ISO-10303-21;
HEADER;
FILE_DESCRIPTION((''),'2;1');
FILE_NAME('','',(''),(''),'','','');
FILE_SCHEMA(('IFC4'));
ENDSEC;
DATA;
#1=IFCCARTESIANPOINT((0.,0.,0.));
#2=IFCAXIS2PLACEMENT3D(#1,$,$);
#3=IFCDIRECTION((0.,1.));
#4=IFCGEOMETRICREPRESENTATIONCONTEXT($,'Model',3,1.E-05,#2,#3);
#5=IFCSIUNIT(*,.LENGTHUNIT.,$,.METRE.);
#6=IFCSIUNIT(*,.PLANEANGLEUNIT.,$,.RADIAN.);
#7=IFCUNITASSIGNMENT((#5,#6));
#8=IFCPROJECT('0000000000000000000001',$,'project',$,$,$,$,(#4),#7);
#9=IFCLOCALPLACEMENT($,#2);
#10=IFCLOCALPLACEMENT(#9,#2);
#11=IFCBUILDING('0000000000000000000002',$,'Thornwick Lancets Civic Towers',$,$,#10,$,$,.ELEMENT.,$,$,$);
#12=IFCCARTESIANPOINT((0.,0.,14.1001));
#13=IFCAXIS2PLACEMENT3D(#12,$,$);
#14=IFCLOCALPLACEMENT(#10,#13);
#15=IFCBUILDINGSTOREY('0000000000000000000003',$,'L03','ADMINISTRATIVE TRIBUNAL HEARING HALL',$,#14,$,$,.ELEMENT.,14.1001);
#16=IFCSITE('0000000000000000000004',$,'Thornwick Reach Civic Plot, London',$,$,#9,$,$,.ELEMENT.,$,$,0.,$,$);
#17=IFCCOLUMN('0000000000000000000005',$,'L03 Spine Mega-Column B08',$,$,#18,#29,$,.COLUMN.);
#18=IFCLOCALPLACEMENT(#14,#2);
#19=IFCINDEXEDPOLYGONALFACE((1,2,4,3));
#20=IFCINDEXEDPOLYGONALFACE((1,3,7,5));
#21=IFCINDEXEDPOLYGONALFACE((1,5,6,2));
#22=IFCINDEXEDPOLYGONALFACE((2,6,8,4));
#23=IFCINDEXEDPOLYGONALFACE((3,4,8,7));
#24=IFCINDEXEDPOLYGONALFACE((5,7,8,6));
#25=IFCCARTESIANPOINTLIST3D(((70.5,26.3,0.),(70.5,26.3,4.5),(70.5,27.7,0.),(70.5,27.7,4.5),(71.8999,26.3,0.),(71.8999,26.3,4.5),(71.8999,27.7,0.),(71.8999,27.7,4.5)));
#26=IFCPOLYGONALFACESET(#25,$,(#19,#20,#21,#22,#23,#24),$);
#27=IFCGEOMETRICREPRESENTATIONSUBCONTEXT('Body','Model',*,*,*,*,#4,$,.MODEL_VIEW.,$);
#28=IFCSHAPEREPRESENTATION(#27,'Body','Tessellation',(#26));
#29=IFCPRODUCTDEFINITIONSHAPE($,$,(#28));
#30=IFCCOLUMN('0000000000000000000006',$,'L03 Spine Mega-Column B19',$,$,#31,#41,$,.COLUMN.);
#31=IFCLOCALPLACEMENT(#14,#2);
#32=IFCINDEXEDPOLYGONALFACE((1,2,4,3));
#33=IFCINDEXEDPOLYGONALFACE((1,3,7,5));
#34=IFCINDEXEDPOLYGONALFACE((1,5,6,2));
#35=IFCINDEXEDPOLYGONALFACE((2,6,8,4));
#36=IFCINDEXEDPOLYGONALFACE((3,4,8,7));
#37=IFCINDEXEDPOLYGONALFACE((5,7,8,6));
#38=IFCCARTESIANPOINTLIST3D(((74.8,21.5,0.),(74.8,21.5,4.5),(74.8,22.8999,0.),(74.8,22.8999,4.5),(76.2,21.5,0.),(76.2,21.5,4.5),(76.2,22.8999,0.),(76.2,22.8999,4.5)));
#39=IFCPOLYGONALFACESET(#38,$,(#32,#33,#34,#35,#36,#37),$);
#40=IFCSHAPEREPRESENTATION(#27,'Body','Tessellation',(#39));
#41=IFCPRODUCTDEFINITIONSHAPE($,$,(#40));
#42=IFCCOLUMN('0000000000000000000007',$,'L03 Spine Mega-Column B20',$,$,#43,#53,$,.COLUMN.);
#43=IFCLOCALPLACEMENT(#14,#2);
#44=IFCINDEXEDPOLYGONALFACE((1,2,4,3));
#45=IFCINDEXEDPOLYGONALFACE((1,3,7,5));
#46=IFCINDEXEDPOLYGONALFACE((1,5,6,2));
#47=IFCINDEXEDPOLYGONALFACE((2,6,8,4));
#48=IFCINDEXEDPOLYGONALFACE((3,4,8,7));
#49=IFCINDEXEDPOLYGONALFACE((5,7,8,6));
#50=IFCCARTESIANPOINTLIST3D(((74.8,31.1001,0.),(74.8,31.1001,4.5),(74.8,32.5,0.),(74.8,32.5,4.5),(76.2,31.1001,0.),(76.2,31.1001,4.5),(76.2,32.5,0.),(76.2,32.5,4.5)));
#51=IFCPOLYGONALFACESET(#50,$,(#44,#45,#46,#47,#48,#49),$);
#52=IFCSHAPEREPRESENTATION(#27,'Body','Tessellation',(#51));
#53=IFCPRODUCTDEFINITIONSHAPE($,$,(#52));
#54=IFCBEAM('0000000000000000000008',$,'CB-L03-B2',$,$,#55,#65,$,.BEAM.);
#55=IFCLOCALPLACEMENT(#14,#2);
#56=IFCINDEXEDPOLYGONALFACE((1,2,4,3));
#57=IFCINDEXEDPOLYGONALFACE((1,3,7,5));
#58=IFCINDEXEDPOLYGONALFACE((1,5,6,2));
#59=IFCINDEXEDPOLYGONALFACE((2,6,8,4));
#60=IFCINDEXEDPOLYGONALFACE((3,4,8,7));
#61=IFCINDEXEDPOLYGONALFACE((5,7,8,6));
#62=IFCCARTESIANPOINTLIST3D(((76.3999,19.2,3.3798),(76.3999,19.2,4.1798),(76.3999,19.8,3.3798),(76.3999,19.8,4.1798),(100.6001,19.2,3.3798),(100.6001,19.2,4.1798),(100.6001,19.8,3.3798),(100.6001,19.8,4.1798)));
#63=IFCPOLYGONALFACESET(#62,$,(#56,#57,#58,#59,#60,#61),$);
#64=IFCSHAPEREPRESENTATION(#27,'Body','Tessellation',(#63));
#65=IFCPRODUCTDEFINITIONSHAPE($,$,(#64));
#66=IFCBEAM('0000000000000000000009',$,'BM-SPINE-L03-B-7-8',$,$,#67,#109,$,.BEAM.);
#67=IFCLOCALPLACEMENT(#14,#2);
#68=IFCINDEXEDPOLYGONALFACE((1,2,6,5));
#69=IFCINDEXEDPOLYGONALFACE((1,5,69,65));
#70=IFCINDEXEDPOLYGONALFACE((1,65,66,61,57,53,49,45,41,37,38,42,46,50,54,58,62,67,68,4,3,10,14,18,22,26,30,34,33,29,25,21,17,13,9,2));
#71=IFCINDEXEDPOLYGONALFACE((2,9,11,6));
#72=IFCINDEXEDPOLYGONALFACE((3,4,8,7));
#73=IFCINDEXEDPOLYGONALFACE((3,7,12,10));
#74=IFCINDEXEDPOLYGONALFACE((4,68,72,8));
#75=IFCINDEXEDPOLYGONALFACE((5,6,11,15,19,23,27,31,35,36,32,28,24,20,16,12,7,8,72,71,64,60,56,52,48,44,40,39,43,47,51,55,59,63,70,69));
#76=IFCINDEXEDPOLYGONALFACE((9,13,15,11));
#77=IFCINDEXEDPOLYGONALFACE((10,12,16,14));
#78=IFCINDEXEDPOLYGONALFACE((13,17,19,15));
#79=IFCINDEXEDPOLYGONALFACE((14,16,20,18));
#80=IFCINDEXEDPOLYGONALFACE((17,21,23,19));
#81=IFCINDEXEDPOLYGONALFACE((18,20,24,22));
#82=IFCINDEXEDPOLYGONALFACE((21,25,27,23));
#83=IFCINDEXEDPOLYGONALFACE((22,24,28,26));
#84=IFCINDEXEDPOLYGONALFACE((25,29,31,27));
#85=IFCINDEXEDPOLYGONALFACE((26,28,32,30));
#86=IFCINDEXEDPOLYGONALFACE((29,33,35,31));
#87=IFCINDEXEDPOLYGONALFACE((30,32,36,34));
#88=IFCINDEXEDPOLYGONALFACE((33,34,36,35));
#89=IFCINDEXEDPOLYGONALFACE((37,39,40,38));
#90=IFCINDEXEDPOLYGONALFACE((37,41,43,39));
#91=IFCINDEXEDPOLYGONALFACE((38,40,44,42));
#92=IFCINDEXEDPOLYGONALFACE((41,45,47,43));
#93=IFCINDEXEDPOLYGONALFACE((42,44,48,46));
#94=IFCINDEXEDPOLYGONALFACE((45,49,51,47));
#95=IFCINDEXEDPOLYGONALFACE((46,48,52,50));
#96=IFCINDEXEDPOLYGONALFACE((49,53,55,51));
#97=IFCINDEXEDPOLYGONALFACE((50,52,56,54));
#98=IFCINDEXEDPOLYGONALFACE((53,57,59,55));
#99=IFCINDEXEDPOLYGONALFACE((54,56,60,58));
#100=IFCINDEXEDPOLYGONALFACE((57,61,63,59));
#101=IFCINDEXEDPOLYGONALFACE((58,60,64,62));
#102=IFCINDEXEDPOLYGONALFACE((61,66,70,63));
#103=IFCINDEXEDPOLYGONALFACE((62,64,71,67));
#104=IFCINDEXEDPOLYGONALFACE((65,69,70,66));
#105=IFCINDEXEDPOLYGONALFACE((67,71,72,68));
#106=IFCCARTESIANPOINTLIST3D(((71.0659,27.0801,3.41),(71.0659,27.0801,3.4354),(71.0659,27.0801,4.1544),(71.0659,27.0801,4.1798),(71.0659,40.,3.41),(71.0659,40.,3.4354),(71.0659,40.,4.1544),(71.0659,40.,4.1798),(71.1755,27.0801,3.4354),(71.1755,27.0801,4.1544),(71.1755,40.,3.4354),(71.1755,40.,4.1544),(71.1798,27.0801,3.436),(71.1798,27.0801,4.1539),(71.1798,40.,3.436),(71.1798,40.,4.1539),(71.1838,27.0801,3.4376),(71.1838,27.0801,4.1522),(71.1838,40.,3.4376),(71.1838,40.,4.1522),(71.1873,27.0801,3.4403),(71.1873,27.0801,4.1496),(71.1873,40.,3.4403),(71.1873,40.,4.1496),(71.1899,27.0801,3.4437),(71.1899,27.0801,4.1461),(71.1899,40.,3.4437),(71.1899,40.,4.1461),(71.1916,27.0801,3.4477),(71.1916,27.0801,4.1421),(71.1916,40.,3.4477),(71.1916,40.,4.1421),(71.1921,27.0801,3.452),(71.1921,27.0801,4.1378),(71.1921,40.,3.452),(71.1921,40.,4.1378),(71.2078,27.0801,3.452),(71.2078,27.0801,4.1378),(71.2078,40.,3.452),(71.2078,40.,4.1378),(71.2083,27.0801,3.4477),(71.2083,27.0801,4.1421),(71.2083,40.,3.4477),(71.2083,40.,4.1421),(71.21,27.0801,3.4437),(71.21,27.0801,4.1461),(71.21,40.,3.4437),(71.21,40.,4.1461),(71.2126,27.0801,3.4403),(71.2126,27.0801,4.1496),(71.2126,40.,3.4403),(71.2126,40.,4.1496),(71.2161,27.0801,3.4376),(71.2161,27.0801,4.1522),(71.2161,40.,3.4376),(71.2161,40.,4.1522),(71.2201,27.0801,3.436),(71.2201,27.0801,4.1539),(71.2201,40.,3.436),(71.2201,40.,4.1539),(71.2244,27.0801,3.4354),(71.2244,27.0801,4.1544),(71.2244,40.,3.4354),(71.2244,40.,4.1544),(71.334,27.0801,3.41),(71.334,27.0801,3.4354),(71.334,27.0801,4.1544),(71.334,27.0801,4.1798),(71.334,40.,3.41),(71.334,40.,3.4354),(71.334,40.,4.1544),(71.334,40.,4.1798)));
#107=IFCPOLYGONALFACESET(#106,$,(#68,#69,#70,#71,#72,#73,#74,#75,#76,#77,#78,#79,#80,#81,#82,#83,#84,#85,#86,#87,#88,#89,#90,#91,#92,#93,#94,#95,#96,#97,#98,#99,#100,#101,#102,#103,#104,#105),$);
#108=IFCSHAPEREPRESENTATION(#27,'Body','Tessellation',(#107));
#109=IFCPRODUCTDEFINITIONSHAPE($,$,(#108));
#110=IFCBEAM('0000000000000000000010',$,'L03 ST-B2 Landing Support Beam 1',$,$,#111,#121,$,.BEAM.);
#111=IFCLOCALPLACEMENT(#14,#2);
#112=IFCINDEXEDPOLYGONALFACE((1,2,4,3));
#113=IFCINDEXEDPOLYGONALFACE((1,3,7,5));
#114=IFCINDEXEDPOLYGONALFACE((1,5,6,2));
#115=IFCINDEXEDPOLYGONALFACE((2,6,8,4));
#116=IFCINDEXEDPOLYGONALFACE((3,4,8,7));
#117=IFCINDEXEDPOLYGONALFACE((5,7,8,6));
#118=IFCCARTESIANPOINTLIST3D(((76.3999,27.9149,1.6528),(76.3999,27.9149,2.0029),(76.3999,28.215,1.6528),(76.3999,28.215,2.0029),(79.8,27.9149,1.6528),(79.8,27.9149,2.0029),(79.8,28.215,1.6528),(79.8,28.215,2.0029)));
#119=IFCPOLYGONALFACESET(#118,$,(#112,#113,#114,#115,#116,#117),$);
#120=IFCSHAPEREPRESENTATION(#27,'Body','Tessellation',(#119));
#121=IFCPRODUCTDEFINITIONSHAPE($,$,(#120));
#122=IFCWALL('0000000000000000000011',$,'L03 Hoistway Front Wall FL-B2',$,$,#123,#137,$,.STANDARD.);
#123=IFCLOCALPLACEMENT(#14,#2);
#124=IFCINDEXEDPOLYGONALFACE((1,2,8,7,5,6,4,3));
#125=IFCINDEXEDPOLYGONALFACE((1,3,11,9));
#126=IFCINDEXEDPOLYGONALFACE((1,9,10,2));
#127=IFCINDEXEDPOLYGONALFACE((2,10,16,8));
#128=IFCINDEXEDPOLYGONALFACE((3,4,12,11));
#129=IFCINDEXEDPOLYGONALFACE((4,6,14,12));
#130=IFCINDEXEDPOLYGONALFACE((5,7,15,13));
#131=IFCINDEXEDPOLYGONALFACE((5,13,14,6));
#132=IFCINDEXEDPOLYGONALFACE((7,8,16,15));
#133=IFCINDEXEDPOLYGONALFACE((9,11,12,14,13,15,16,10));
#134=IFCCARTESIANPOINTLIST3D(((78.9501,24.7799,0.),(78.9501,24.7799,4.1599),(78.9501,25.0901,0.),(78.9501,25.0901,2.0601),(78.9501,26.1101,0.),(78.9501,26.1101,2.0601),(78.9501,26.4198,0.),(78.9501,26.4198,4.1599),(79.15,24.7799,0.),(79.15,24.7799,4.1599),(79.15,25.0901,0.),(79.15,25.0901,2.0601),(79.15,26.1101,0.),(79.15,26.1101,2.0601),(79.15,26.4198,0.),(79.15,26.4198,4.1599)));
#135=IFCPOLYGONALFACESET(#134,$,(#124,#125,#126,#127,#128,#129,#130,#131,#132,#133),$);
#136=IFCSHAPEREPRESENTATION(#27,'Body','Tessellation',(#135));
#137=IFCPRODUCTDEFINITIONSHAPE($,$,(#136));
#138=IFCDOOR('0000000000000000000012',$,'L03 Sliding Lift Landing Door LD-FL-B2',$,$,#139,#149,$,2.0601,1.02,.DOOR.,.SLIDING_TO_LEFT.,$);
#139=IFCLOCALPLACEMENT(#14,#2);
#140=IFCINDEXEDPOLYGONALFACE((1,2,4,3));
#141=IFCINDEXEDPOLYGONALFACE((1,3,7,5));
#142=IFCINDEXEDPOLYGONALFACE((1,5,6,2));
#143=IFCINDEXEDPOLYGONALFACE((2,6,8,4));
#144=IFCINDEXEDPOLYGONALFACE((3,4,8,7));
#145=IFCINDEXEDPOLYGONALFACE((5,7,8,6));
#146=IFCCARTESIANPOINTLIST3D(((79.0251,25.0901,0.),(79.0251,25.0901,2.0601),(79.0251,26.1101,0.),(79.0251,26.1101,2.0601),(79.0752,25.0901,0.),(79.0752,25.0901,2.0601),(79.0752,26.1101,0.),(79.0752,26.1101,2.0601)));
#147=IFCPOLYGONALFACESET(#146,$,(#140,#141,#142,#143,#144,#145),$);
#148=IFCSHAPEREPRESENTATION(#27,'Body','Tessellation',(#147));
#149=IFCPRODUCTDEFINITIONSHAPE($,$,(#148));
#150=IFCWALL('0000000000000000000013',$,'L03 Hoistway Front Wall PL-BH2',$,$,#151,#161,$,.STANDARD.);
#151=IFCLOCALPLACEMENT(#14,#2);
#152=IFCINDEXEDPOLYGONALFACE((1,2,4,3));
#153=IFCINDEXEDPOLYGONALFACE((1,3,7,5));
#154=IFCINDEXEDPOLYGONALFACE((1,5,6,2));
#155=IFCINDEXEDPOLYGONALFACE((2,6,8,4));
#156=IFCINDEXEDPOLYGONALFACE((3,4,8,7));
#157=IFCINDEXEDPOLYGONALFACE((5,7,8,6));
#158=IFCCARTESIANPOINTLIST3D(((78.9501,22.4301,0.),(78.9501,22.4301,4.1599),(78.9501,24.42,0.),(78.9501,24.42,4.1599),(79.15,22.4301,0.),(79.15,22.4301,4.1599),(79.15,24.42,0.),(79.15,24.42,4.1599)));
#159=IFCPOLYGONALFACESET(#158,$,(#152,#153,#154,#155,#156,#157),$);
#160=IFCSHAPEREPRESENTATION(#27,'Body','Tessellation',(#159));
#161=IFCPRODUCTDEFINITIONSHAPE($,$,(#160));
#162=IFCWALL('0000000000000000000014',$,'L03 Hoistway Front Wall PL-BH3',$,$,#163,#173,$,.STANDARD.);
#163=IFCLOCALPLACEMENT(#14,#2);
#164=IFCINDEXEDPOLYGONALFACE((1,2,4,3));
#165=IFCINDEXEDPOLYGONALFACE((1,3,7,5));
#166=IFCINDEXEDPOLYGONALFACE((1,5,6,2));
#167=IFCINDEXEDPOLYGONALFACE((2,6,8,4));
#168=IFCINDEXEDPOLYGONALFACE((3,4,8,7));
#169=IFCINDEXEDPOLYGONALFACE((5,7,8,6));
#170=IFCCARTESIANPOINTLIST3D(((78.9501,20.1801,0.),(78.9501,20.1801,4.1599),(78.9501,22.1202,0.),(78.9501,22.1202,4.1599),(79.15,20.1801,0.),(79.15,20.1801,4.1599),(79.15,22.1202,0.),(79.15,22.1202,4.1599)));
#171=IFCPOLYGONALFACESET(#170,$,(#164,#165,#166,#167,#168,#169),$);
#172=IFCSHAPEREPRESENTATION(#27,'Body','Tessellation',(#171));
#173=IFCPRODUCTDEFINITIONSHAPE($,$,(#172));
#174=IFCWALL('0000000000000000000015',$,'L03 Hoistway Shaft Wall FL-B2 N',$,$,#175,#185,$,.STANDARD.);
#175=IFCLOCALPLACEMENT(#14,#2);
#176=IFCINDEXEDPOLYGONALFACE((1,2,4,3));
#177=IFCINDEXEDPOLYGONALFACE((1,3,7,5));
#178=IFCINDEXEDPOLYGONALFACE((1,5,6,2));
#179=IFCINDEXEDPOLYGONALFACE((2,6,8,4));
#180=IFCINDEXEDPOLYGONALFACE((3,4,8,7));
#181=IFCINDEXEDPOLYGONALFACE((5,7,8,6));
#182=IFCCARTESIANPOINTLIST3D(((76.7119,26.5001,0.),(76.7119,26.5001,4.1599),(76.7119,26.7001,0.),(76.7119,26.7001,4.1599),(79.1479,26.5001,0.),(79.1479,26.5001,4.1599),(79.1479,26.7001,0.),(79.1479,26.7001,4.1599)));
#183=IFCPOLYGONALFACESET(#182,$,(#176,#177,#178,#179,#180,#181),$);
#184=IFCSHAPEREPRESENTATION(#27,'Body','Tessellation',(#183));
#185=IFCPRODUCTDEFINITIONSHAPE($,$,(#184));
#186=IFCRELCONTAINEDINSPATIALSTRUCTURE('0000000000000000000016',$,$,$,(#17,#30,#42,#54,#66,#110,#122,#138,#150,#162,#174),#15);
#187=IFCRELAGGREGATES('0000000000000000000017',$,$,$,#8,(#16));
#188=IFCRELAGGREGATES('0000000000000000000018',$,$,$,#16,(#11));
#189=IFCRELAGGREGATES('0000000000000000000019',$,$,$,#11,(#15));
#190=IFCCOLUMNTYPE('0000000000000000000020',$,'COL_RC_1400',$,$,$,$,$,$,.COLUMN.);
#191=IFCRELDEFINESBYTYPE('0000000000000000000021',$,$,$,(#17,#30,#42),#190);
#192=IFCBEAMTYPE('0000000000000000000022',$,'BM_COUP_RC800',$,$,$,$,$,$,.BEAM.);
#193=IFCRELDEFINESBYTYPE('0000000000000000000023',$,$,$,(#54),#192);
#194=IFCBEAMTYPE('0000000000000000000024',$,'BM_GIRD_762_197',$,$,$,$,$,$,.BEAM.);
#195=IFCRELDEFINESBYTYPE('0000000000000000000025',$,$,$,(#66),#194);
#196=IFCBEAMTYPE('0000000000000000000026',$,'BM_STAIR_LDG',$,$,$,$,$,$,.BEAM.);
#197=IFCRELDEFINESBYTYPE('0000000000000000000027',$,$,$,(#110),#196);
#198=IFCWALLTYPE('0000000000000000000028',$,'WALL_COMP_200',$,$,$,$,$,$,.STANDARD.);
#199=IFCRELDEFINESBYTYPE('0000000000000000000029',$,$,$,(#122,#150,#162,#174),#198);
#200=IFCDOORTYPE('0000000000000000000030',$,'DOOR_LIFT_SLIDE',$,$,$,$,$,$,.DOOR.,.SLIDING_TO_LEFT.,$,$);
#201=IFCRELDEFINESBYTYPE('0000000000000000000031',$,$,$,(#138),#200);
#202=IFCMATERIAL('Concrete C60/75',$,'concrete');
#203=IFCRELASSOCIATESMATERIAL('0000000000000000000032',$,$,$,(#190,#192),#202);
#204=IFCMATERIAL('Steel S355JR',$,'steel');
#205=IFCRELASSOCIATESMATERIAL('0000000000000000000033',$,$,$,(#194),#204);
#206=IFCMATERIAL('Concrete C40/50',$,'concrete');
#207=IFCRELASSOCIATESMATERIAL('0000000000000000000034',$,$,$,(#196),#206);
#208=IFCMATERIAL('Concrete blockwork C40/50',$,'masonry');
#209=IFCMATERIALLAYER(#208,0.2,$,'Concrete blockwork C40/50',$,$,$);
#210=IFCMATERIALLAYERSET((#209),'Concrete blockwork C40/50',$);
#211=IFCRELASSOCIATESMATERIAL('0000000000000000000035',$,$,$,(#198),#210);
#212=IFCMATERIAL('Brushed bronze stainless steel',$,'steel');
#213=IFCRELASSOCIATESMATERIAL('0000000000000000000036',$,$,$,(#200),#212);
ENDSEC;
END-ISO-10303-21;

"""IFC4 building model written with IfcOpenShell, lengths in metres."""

from ifc_helpers import new_model, si_unit, direction, frame, frame_2d, origin, origin_2d, place, context, subcontext, project, spatial, rectangle, i_section, extrude, material, layer, layer_set, material_profile, profile_set, type_object, element, fill, save


model = new_model("IFC4")

# Units and contexts
model_context = context("Model", 3, precision=1e-05, world=origin(), true_north=direction((0.0, 1.0)))
body_context = subcontext(model_context, "Body", "Model", "MODEL_VIEW")
ifc_project = project(units=[si_unit("LENGTHUNIT", "METRE"), si_unit("PLANEANGLEUNIT", "RADIAN")], contexts=[model_context])

# Site, building, storey
site_placement = place(None, origin())
site = spatial("IfcSite", under=ifc_project, at=site_placement, Name="Thornwick Reach Civic Plot, London", CompositionType="ELEMENT", RefElevation=0.0)
building_placement = place(site_placement, origin())
building = spatial("IfcBuilding", under=site, at=building_placement, Name="Thornwick Lancets Civic Towers", CompositionType="ELEMENT")
storey_placement = place(building_placement, frame((0.0, 0.0, 14.1001)))
storey = spatial("IfcBuildingStorey", under=building, at=storey_placement, Name="L03", Description="ADMINISTRATIVE TRIBUNAL HEARING HALL", CompositionType="ELEMENT", Elevation=14.1001)

# Columns
ifc_material_1 = material(Name="Concrete C60/75", Category="concrete")
ifc_material_profile_1 = material_profile(ifc_material_1, rectangle(XDim=1.3999, YDim=1.3999, at=origin_2d()), Name="RC 1400x1400")
ifc_profile_set_1 = profile_set([ifc_material_profile_1], Name="Concrete C60/75")
column_type = type_object("IfcColumnType", Name="COL_RC_1400", PredefinedType="COLUMN", material=ifc_profile_set_1)
for number, where, z_axis, x_axis, name in (
    (1, (71.2, 27.0, 0.0), (0.0, 0.0, 1.0), (1.0, 0.0, 0.0), "L03 Spine Mega-Column B08"),
    (2, (75.5, 22.2, 0.0), (0.0, 0.0, 1.0), (1.0, 0.0, 0.0), "L03 Spine Mega-Column B19"),
    (3, (75.5, 31.8, 0.0), (0.0, 0.0, 1.0), (1.0, 0.0, 0.0), "L03 Spine Mega-Column B20"),
):
    element("IfcColumn", number, at=place(storey_placement, frame(where, z_axis=z_axis, x_axis=x_axis)), inside=storey, type_object=column_type, Name=name, PredefinedType="COLUMN", context=body_context, shape_type="SweptSolid", body=[
        extrude(rectangle(XDim=1.3999, YDim=1.3999, at=origin_2d()), origin(), (0.0, 0.0, 1.0), 4.5),
    ])

# Beams
ifc_material_profile_2 = material_profile(ifc_material_1, rectangle(XDim=0.6001, YDim=0.8, at=origin_2d()), Name="RC 600x800")
ifc_profile_set_2 = profile_set([ifc_material_profile_2], Name="Concrete C60/75")
beam_type_1 = type_object("IfcBeamType", Name="BM_COUP_RC800", PredefinedType="BEAM", material=ifc_profile_set_2)
beam_1_placement = place(storey_placement, frame((76.3999, 19.5, 3.7798), z_axis=(1.0, 0.0, 0.0), x_axis=(0.0, 1.0, 0.0)))
element("IfcBeam", 4, at=beam_1_placement, inside=storey, type_object=beam_type_1, Name="CB-L03-B2", PredefinedType="BEAM", context=body_context, shape_type="SweptSolid", body=[
    extrude(rectangle(XDim=0.6001, YDim=0.8, at=origin_2d()), origin(), (0.0, 0.0, 1.0), 24.2002),
])
ifc_material_2 = material(Name="Steel S355JR", Category="steel")
ifc_material_profile_3 = material_profile(ifc_material_2, i_section(OverallWidth=0.2681, OverallDepth=0.7698, WebThickness=0.0156, FlangeThickness=0.0254, FilletRadius=0.0166, at=origin_2d()), Name="UKB 762x267x197")
ifc_profile_set_3 = profile_set([ifc_material_profile_3], Name="Steel S355JR")
beam_type_2 = type_object("IfcBeamType", Name="BM_GIRD_762_197", PredefinedType="BEAM", material=ifc_profile_set_3)
beam_2_placement = place(storey_placement, frame((71.2, 27.0801, 3.7949), z_axis=(0.0, 1.0, 0.0), x_axis=(-1.0, 0.0, 0.0)))
element("IfcBeam", 5, at=beam_2_placement, inside=storey, type_object=beam_type_2, Name="BM-SPINE-L03-B-7-8", PredefinedType="BEAM", context=body_context, shape_type="SweptSolid", body=[
    extrude(i_section(OverallWidth=0.2681, OverallDepth=0.7698, WebThickness=0.0156, FlangeThickness=0.0254, FilletRadius=0.0166, at=origin_2d()), origin(), (0.0, 0.0, 1.0), 12.9199),
])
ifc_material_3 = material(Name="Concrete C40/50", Category="concrete")
ifc_material_profile_4 = material_profile(ifc_material_3, rectangle(XDim=0.3, YDim=0.3501, at=origin_2d()), Name="RC 300x350")
ifc_profile_set_4 = profile_set([ifc_material_profile_4], Name="Concrete C40/50")
beam_type_3 = type_object("IfcBeamType", Name="BM_STAIR_LDG", PredefinedType="BEAM", material=ifc_profile_set_4)
beam_3_placement = place(storey_placement, frame((76.3999, 28.0649, 1.8279), z_axis=(1.0, 0.0, 0.0), x_axis=(0.0, 1.0, 0.0)))
element("IfcBeam", 6, at=beam_3_placement, inside=storey, type_object=beam_type_3, Name="L03 ST-B2 Landing Support Beam 1", PredefinedType="BEAM", context=body_context, shape_type="SweptSolid", body=[
    extrude(rectangle(XDim=0.3, YDim=0.3501, at=origin_2d()), origin(), (0.0, 0.0, 1.0), 3.4001),
])

# Wall, opening, door
ifc_material_4 = material(Name="Concrete blockwork C40/50", Category="masonry")
ifc_layer_1 = layer(ifc_material_4, 0.2, Name="Concrete blockwork C40/50")
ifc_layer_set_1 = layer_set([ifc_layer_1], Name="Concrete blockwork C40/50")
wall_type_1 = type_object("IfcWallType", Name="WALL_COMP_200", PredefinedType="STANDARD", material=ifc_layer_set_1)
wall_1_placement = place(storey_placement, frame((79.05, 24.78, 0.0), z_axis=(0.0, 0.0, 1.0), x_axis=(0.0, 1.0, 0.0)))
wall_1 = element("IfcWall", 7, at=wall_1_placement, inside=storey, type_object=wall_type_1, Name="L03 Hoistway Front Wall FL-B2", PredefinedType="STANDARD", context=body_context, shape_type="SweptSolid", body=[
    extrude(rectangle(XDim=1.6399, YDim=0.2, at=frame_2d((0.8198, 0.0))), origin(), (0.0, 0.0, 1.0), 4.1599),
])
opening_1_placement = place(wall_1_placement, frame((0.3101, 0.0, 0.0)))
opening_1 = element("IfcOpeningElement", 8, at=opening_1_placement, cuts=wall_1, PredefinedType="OPENING", context=body_context, shape_type="SweptSolid", body=[
    extrude(rectangle(XDim=1.02, YDim=2.0601, at=frame_2d((0.51, 1.03))), frame((0.0, 0.1099, 0.0), z_axis=(0.0, -1.0, 0.0), x_axis=(1.0, 0.0, 0.0)), (0.0, 0.0, 1.0), 0.22),
])
ifc_material_5 = material(Name="Brushed bronze stainless steel", Category="steel")
door_type_1 = type_object("IfcDoorType", Name="DOOR_LIFT_SLIDE", OperationType="SLIDING_TO_LEFT", PredefinedType="DOOR", material=ifc_material_5)
door_1_placement = place(opening_1_placement, origin())
door_1 = element("IfcDoor", 9, at=door_1_placement, inside=storey, type_object=door_type_1, Name="L03 Sliding Lift Landing Door LD-FL-B2", OperationType="SLIDING_TO_LEFT", OverallHeight=2.0601, OverallWidth=1.02, PredefinedType="DOOR", context=body_context, shape_type="SweptSolid", body=[
    extrude(rectangle(XDim=1.02, YDim=2.0601, at=frame_2d((0.51, 1.03))), frame((0.0, 0.0249, 0.0), z_axis=(0.0, -1.0, 0.0), x_axis=(1.0, 0.0, 0.0)), (0.0, 0.0, 1.0), 0.05),
])
fill(opening_1, door_1)

# Walls
wall_2_placement = place(storey_placement, frame((79.05, 22.4299, 0.0), z_axis=(0.0, 0.0, 1.0), x_axis=(0.0, 1.0, 0.0)))
element("IfcWall", 10, at=wall_2_placement, inside=storey, type_object=wall_type_1, Name="L03 Hoistway Front Wall PL-BH2", PredefinedType="STANDARD", context=body_context, shape_type="SweptSolid", body=[
    extrude(rectangle(XDim=1.99, YDim=0.2, at=frame_2d((0.9951, 0.0))), origin(), (0.0, 0.0, 1.0), 4.1599),
])
wall_3_placement = place(storey_placement, frame((79.05, 20.1799, 0.0), z_axis=(0.0, 0.0, 1.0), x_axis=(0.0, 1.0, 0.0)))
element("IfcWall", 11, at=wall_3_placement, inside=storey, type_object=wall_type_1, Name="L03 Hoistway Front Wall PL-BH3", PredefinedType="STANDARD", context=body_context, shape_type="SweptSolid", body=[
    extrude(rectangle(XDim=1.9402, YDim=0.2, at=frame_2d((0.9702, 0.0))), origin(), (0.0, 0.0, 1.0), 4.1599),
])
for number, where, z_axis, x_axis, name in (
    (12, (76.7119, 26.6001, 0.0), (0.0, 0.0, 1.0), (1.0, 0.0, 0.0), "L03 Hoistway Shaft Wall FL-B2 N"),
):
    element("IfcWall", number, at=place(storey_placement, frame(where, z_axis=z_axis, x_axis=x_axis)), inside=storey, type_object=wall_type_1, Name=name, PredefinedType="STANDARD", context=body_context, shape_type="SweptSolid", body=[
        extrude(rectangle(XDim=2.436, YDim=0.2, at=frame_2d((1.218, 0.0))), origin(), (0.0, 0.0, 1.0), 4.1599),
    ])

save(model, "model.ifc")
